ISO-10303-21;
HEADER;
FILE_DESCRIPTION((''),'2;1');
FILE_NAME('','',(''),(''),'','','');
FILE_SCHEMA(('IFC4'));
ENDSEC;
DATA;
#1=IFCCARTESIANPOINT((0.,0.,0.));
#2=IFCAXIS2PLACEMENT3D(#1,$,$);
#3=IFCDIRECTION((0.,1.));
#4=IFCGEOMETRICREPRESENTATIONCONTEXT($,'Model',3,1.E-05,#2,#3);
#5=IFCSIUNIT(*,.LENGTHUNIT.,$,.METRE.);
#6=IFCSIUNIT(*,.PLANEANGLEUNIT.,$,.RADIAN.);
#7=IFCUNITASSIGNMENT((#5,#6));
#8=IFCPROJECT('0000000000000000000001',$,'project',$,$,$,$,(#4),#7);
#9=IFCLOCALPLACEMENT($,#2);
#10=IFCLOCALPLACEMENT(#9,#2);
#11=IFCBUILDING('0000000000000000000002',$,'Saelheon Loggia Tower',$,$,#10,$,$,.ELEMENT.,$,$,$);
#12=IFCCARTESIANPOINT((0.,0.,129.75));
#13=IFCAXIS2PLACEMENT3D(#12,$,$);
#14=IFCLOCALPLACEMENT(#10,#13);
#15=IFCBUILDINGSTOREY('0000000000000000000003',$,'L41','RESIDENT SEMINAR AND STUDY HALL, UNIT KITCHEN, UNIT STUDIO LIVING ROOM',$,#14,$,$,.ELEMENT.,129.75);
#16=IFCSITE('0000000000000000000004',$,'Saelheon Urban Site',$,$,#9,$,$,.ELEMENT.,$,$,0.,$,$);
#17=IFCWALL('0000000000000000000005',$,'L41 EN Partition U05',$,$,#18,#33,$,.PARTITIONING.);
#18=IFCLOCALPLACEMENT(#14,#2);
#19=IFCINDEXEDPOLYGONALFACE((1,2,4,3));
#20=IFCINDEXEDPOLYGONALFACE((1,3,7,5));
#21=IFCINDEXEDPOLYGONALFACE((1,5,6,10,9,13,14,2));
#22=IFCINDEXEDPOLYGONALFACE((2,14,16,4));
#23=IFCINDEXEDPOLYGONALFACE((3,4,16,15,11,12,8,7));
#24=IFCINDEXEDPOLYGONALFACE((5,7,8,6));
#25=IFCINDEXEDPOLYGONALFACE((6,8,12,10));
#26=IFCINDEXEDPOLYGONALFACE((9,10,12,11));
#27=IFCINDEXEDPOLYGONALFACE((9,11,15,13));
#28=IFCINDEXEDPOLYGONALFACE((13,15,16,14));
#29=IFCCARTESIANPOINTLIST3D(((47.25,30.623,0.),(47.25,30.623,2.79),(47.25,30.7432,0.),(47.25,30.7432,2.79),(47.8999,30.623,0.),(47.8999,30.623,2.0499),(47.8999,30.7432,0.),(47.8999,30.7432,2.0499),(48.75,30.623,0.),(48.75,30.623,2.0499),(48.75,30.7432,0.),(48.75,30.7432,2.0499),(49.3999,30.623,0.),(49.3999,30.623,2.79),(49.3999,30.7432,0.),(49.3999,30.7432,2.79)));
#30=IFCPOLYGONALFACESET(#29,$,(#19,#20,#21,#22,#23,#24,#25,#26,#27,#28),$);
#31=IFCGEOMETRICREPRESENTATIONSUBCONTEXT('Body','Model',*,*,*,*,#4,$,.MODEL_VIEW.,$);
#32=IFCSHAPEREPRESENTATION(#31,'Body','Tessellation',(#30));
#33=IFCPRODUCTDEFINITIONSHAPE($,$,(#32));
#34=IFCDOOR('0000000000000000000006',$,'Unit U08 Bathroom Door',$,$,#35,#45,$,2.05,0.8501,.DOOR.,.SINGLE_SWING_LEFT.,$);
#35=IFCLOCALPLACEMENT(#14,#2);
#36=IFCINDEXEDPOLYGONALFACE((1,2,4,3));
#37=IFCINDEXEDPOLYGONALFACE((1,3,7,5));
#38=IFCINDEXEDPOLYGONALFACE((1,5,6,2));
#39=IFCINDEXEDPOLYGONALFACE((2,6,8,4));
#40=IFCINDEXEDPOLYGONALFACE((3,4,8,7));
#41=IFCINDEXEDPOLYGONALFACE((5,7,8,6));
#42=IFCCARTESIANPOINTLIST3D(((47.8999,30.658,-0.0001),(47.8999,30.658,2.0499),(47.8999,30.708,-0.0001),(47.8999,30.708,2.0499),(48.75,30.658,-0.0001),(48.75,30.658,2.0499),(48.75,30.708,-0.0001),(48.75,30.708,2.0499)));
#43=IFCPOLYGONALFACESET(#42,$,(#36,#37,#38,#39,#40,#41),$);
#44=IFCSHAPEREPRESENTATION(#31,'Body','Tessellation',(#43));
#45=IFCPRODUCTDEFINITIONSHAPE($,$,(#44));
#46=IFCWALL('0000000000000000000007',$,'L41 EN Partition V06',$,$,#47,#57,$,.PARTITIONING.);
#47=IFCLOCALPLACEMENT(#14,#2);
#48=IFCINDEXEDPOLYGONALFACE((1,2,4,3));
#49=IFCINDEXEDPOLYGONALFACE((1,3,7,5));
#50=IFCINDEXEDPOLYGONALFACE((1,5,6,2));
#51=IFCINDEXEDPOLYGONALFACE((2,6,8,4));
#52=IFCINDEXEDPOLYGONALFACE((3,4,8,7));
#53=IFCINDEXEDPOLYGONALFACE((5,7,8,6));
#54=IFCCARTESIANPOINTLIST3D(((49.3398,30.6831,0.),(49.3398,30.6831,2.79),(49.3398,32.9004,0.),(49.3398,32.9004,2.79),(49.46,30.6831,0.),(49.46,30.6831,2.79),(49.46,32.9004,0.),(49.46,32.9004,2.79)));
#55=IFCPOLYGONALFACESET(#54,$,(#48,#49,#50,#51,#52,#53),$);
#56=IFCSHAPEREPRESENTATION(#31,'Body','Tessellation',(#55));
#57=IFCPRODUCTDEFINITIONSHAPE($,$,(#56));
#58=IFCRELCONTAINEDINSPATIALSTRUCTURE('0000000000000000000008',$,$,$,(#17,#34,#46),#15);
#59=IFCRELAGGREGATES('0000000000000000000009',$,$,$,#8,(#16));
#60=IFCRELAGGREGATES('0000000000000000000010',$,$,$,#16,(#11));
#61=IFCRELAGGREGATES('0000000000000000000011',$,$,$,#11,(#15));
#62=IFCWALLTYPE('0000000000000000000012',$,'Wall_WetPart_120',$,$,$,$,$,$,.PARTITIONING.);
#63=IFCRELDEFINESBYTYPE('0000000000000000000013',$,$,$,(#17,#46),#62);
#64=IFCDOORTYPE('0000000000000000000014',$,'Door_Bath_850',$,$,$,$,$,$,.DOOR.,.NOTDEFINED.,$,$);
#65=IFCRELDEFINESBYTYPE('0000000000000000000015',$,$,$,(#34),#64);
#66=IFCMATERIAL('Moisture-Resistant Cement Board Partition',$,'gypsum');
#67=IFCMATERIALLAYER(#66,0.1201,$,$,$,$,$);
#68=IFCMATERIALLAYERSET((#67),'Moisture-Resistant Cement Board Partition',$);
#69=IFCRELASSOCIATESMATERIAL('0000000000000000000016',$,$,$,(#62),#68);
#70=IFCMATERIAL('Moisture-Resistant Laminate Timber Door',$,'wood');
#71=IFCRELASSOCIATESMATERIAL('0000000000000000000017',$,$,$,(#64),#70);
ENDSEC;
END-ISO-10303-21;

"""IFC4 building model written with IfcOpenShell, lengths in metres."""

from ifc_helpers import new_model, si_unit, direction, frame, frame_2d, origin, place, context, subcontext, project, spatial, rectangle, extrude, source, transform, mapped, material, layer, layer_set, type_object, element, fill, save


model = new_model("IFC4")

# Units and contexts
model_context = context("Model", 3, precision=1e-05, world=origin(), true_north=direction((0.0, 1.0)))
body_context = subcontext(model_context, "Body", "Model", "MODEL_VIEW")
ifc_project = project(units=[si_unit("LENGTHUNIT", "METRE"), si_unit("PLANEANGLEUNIT", "RADIAN")], contexts=[model_context])

# Site, building, storey
site_placement = place(None, origin())
site = spatial("IfcSite", under=ifc_project, at=site_placement, Name="Saelheon Urban Site", CompositionType="ELEMENT", RefElevation=0.0)
building_placement = place(site_placement, origin())
building = spatial("IfcBuilding", under=site, at=building_placement, Name="Saelheon Loggia Tower", CompositionType="ELEMENT")
storey_placement = place(building_placement, frame((0.0, 0.0, 129.75)))
storey = spatial("IfcBuildingStorey", under=building, at=storey_placement, Name="L41", Description="RESIDENT SEMINAR AND STUDY HALL, UNIT KITCHEN, UNIT STUDIO LIVING ROOM", CompositionType="ELEMENT", Elevation=129.75)

# Wall, opening, door
ifc_material_1 = material(Name="Moisture-Resistant Cement Board Partition", Category="gypsum")
ifc_layer_1 = layer(ifc_material_1, 0.1201)
ifc_layer_set_1 = layer_set([ifc_layer_1], Name="Moisture-Resistant Cement Board Partition")
wall_type_1 = type_object("IfcWallType", Name="Wall_WetPart_120", PredefinedType="PARTITIONING", material=ifc_layer_set_1)
wall_1_placement = place(storey_placement, frame((47.25, 30.6831, 0.0), z_axis=(0.0, 0.0, 1.0), x_axis=(1.0, 0.0, 0.0)))
wall_1 = element("IfcWall", 1, at=wall_1_placement, inside=storey, type_object=wall_type_1, Name="L41 EN Partition U05", PredefinedType="PARTITIONING", context=body_context, shape_type="SweptSolid", body=[
    extrude(rectangle(XDim=2.1499, YDim=0.1201, at=frame_2d((1.075, 0.0))), origin(), (0.0, 0.0, 1.0), 2.79),
])
opening_1_placement = place(wall_1_placement, frame((0.6499, 0.0, 0.0)))
opening_1 = element("IfcOpeningElement", 2, at=opening_1_placement, cuts=wall_1, PredefinedType="OPENING", context=body_context, shape_type="SweptSolid", body=[
    extrude(rectangle(XDim=0.8501, YDim=2.05, at=frame_2d((0.425, 1.0249))), frame((0.0, 0.072, 0.0), z_axis=(0.0, -1.0, 0.0), x_axis=(1.0, 0.0, 0.0)), (0.0, 0.0, 1.0), 0.144),
])
ifc_material_2 = material(Name="Moisture-Resistant Laminate Timber Door", Category="wood")
door_type_1 = type_object("IfcDoorType", Name="Door_Bath_850", OperationType="NOTDEFINED", PredefinedType="DOOR", material=ifc_material_2)
shared_shape_1 = source(origin(), body_context, "Body", "SweptSolid", [
    extrude(rectangle(XDim=0.8501, YDim=2.05, at=frame_2d((0.425, 1.0249))), frame((0.0, 0.0249, 0.0), z_axis=(0.0, -1.0, 0.0), x_axis=(1.0, 0.0, 0.0)), (0.0, 0.0, 1.0), 0.05),
])
door_1_placement = place(opening_1_placement, origin())
door_1 = element("IfcDoor", 3, at=door_1_placement, inside=storey, type_object=door_type_1, Name="Unit U08 Bathroom Door", OperationType="SINGLE_SWING_LEFT", OverallHeight=2.05, OverallWidth=0.8501, PredefinedType="DOOR", context=body_context, shape_type="MappedRepresentation", body=[
    mapped(shared_shape_1, transform((0.0, 0.0, 0.0), scale=1.0)),
])
fill(opening_1, door_1)

# Wall
wall_2_placement = place(storey_placement, frame((49.3999, 30.6831, 0.0), z_axis=(0.0, 0.0, 1.0), x_axis=(0.0, 1.0, 0.0)))
element("IfcWall", 4, at=wall_2_placement, inside=storey, type_object=wall_type_1, Name="L41 EN Partition V06", PredefinedType="PARTITIONING", context=body_context, shape_type="SweptSolid", body=[
    extrude(rectangle(XDim=2.2173, YDim=0.1201, at=frame_2d((1.1086, 0.0))), origin(), (0.0, 0.0, 1.0), 2.79),
])

save(model, "model.ifc")
